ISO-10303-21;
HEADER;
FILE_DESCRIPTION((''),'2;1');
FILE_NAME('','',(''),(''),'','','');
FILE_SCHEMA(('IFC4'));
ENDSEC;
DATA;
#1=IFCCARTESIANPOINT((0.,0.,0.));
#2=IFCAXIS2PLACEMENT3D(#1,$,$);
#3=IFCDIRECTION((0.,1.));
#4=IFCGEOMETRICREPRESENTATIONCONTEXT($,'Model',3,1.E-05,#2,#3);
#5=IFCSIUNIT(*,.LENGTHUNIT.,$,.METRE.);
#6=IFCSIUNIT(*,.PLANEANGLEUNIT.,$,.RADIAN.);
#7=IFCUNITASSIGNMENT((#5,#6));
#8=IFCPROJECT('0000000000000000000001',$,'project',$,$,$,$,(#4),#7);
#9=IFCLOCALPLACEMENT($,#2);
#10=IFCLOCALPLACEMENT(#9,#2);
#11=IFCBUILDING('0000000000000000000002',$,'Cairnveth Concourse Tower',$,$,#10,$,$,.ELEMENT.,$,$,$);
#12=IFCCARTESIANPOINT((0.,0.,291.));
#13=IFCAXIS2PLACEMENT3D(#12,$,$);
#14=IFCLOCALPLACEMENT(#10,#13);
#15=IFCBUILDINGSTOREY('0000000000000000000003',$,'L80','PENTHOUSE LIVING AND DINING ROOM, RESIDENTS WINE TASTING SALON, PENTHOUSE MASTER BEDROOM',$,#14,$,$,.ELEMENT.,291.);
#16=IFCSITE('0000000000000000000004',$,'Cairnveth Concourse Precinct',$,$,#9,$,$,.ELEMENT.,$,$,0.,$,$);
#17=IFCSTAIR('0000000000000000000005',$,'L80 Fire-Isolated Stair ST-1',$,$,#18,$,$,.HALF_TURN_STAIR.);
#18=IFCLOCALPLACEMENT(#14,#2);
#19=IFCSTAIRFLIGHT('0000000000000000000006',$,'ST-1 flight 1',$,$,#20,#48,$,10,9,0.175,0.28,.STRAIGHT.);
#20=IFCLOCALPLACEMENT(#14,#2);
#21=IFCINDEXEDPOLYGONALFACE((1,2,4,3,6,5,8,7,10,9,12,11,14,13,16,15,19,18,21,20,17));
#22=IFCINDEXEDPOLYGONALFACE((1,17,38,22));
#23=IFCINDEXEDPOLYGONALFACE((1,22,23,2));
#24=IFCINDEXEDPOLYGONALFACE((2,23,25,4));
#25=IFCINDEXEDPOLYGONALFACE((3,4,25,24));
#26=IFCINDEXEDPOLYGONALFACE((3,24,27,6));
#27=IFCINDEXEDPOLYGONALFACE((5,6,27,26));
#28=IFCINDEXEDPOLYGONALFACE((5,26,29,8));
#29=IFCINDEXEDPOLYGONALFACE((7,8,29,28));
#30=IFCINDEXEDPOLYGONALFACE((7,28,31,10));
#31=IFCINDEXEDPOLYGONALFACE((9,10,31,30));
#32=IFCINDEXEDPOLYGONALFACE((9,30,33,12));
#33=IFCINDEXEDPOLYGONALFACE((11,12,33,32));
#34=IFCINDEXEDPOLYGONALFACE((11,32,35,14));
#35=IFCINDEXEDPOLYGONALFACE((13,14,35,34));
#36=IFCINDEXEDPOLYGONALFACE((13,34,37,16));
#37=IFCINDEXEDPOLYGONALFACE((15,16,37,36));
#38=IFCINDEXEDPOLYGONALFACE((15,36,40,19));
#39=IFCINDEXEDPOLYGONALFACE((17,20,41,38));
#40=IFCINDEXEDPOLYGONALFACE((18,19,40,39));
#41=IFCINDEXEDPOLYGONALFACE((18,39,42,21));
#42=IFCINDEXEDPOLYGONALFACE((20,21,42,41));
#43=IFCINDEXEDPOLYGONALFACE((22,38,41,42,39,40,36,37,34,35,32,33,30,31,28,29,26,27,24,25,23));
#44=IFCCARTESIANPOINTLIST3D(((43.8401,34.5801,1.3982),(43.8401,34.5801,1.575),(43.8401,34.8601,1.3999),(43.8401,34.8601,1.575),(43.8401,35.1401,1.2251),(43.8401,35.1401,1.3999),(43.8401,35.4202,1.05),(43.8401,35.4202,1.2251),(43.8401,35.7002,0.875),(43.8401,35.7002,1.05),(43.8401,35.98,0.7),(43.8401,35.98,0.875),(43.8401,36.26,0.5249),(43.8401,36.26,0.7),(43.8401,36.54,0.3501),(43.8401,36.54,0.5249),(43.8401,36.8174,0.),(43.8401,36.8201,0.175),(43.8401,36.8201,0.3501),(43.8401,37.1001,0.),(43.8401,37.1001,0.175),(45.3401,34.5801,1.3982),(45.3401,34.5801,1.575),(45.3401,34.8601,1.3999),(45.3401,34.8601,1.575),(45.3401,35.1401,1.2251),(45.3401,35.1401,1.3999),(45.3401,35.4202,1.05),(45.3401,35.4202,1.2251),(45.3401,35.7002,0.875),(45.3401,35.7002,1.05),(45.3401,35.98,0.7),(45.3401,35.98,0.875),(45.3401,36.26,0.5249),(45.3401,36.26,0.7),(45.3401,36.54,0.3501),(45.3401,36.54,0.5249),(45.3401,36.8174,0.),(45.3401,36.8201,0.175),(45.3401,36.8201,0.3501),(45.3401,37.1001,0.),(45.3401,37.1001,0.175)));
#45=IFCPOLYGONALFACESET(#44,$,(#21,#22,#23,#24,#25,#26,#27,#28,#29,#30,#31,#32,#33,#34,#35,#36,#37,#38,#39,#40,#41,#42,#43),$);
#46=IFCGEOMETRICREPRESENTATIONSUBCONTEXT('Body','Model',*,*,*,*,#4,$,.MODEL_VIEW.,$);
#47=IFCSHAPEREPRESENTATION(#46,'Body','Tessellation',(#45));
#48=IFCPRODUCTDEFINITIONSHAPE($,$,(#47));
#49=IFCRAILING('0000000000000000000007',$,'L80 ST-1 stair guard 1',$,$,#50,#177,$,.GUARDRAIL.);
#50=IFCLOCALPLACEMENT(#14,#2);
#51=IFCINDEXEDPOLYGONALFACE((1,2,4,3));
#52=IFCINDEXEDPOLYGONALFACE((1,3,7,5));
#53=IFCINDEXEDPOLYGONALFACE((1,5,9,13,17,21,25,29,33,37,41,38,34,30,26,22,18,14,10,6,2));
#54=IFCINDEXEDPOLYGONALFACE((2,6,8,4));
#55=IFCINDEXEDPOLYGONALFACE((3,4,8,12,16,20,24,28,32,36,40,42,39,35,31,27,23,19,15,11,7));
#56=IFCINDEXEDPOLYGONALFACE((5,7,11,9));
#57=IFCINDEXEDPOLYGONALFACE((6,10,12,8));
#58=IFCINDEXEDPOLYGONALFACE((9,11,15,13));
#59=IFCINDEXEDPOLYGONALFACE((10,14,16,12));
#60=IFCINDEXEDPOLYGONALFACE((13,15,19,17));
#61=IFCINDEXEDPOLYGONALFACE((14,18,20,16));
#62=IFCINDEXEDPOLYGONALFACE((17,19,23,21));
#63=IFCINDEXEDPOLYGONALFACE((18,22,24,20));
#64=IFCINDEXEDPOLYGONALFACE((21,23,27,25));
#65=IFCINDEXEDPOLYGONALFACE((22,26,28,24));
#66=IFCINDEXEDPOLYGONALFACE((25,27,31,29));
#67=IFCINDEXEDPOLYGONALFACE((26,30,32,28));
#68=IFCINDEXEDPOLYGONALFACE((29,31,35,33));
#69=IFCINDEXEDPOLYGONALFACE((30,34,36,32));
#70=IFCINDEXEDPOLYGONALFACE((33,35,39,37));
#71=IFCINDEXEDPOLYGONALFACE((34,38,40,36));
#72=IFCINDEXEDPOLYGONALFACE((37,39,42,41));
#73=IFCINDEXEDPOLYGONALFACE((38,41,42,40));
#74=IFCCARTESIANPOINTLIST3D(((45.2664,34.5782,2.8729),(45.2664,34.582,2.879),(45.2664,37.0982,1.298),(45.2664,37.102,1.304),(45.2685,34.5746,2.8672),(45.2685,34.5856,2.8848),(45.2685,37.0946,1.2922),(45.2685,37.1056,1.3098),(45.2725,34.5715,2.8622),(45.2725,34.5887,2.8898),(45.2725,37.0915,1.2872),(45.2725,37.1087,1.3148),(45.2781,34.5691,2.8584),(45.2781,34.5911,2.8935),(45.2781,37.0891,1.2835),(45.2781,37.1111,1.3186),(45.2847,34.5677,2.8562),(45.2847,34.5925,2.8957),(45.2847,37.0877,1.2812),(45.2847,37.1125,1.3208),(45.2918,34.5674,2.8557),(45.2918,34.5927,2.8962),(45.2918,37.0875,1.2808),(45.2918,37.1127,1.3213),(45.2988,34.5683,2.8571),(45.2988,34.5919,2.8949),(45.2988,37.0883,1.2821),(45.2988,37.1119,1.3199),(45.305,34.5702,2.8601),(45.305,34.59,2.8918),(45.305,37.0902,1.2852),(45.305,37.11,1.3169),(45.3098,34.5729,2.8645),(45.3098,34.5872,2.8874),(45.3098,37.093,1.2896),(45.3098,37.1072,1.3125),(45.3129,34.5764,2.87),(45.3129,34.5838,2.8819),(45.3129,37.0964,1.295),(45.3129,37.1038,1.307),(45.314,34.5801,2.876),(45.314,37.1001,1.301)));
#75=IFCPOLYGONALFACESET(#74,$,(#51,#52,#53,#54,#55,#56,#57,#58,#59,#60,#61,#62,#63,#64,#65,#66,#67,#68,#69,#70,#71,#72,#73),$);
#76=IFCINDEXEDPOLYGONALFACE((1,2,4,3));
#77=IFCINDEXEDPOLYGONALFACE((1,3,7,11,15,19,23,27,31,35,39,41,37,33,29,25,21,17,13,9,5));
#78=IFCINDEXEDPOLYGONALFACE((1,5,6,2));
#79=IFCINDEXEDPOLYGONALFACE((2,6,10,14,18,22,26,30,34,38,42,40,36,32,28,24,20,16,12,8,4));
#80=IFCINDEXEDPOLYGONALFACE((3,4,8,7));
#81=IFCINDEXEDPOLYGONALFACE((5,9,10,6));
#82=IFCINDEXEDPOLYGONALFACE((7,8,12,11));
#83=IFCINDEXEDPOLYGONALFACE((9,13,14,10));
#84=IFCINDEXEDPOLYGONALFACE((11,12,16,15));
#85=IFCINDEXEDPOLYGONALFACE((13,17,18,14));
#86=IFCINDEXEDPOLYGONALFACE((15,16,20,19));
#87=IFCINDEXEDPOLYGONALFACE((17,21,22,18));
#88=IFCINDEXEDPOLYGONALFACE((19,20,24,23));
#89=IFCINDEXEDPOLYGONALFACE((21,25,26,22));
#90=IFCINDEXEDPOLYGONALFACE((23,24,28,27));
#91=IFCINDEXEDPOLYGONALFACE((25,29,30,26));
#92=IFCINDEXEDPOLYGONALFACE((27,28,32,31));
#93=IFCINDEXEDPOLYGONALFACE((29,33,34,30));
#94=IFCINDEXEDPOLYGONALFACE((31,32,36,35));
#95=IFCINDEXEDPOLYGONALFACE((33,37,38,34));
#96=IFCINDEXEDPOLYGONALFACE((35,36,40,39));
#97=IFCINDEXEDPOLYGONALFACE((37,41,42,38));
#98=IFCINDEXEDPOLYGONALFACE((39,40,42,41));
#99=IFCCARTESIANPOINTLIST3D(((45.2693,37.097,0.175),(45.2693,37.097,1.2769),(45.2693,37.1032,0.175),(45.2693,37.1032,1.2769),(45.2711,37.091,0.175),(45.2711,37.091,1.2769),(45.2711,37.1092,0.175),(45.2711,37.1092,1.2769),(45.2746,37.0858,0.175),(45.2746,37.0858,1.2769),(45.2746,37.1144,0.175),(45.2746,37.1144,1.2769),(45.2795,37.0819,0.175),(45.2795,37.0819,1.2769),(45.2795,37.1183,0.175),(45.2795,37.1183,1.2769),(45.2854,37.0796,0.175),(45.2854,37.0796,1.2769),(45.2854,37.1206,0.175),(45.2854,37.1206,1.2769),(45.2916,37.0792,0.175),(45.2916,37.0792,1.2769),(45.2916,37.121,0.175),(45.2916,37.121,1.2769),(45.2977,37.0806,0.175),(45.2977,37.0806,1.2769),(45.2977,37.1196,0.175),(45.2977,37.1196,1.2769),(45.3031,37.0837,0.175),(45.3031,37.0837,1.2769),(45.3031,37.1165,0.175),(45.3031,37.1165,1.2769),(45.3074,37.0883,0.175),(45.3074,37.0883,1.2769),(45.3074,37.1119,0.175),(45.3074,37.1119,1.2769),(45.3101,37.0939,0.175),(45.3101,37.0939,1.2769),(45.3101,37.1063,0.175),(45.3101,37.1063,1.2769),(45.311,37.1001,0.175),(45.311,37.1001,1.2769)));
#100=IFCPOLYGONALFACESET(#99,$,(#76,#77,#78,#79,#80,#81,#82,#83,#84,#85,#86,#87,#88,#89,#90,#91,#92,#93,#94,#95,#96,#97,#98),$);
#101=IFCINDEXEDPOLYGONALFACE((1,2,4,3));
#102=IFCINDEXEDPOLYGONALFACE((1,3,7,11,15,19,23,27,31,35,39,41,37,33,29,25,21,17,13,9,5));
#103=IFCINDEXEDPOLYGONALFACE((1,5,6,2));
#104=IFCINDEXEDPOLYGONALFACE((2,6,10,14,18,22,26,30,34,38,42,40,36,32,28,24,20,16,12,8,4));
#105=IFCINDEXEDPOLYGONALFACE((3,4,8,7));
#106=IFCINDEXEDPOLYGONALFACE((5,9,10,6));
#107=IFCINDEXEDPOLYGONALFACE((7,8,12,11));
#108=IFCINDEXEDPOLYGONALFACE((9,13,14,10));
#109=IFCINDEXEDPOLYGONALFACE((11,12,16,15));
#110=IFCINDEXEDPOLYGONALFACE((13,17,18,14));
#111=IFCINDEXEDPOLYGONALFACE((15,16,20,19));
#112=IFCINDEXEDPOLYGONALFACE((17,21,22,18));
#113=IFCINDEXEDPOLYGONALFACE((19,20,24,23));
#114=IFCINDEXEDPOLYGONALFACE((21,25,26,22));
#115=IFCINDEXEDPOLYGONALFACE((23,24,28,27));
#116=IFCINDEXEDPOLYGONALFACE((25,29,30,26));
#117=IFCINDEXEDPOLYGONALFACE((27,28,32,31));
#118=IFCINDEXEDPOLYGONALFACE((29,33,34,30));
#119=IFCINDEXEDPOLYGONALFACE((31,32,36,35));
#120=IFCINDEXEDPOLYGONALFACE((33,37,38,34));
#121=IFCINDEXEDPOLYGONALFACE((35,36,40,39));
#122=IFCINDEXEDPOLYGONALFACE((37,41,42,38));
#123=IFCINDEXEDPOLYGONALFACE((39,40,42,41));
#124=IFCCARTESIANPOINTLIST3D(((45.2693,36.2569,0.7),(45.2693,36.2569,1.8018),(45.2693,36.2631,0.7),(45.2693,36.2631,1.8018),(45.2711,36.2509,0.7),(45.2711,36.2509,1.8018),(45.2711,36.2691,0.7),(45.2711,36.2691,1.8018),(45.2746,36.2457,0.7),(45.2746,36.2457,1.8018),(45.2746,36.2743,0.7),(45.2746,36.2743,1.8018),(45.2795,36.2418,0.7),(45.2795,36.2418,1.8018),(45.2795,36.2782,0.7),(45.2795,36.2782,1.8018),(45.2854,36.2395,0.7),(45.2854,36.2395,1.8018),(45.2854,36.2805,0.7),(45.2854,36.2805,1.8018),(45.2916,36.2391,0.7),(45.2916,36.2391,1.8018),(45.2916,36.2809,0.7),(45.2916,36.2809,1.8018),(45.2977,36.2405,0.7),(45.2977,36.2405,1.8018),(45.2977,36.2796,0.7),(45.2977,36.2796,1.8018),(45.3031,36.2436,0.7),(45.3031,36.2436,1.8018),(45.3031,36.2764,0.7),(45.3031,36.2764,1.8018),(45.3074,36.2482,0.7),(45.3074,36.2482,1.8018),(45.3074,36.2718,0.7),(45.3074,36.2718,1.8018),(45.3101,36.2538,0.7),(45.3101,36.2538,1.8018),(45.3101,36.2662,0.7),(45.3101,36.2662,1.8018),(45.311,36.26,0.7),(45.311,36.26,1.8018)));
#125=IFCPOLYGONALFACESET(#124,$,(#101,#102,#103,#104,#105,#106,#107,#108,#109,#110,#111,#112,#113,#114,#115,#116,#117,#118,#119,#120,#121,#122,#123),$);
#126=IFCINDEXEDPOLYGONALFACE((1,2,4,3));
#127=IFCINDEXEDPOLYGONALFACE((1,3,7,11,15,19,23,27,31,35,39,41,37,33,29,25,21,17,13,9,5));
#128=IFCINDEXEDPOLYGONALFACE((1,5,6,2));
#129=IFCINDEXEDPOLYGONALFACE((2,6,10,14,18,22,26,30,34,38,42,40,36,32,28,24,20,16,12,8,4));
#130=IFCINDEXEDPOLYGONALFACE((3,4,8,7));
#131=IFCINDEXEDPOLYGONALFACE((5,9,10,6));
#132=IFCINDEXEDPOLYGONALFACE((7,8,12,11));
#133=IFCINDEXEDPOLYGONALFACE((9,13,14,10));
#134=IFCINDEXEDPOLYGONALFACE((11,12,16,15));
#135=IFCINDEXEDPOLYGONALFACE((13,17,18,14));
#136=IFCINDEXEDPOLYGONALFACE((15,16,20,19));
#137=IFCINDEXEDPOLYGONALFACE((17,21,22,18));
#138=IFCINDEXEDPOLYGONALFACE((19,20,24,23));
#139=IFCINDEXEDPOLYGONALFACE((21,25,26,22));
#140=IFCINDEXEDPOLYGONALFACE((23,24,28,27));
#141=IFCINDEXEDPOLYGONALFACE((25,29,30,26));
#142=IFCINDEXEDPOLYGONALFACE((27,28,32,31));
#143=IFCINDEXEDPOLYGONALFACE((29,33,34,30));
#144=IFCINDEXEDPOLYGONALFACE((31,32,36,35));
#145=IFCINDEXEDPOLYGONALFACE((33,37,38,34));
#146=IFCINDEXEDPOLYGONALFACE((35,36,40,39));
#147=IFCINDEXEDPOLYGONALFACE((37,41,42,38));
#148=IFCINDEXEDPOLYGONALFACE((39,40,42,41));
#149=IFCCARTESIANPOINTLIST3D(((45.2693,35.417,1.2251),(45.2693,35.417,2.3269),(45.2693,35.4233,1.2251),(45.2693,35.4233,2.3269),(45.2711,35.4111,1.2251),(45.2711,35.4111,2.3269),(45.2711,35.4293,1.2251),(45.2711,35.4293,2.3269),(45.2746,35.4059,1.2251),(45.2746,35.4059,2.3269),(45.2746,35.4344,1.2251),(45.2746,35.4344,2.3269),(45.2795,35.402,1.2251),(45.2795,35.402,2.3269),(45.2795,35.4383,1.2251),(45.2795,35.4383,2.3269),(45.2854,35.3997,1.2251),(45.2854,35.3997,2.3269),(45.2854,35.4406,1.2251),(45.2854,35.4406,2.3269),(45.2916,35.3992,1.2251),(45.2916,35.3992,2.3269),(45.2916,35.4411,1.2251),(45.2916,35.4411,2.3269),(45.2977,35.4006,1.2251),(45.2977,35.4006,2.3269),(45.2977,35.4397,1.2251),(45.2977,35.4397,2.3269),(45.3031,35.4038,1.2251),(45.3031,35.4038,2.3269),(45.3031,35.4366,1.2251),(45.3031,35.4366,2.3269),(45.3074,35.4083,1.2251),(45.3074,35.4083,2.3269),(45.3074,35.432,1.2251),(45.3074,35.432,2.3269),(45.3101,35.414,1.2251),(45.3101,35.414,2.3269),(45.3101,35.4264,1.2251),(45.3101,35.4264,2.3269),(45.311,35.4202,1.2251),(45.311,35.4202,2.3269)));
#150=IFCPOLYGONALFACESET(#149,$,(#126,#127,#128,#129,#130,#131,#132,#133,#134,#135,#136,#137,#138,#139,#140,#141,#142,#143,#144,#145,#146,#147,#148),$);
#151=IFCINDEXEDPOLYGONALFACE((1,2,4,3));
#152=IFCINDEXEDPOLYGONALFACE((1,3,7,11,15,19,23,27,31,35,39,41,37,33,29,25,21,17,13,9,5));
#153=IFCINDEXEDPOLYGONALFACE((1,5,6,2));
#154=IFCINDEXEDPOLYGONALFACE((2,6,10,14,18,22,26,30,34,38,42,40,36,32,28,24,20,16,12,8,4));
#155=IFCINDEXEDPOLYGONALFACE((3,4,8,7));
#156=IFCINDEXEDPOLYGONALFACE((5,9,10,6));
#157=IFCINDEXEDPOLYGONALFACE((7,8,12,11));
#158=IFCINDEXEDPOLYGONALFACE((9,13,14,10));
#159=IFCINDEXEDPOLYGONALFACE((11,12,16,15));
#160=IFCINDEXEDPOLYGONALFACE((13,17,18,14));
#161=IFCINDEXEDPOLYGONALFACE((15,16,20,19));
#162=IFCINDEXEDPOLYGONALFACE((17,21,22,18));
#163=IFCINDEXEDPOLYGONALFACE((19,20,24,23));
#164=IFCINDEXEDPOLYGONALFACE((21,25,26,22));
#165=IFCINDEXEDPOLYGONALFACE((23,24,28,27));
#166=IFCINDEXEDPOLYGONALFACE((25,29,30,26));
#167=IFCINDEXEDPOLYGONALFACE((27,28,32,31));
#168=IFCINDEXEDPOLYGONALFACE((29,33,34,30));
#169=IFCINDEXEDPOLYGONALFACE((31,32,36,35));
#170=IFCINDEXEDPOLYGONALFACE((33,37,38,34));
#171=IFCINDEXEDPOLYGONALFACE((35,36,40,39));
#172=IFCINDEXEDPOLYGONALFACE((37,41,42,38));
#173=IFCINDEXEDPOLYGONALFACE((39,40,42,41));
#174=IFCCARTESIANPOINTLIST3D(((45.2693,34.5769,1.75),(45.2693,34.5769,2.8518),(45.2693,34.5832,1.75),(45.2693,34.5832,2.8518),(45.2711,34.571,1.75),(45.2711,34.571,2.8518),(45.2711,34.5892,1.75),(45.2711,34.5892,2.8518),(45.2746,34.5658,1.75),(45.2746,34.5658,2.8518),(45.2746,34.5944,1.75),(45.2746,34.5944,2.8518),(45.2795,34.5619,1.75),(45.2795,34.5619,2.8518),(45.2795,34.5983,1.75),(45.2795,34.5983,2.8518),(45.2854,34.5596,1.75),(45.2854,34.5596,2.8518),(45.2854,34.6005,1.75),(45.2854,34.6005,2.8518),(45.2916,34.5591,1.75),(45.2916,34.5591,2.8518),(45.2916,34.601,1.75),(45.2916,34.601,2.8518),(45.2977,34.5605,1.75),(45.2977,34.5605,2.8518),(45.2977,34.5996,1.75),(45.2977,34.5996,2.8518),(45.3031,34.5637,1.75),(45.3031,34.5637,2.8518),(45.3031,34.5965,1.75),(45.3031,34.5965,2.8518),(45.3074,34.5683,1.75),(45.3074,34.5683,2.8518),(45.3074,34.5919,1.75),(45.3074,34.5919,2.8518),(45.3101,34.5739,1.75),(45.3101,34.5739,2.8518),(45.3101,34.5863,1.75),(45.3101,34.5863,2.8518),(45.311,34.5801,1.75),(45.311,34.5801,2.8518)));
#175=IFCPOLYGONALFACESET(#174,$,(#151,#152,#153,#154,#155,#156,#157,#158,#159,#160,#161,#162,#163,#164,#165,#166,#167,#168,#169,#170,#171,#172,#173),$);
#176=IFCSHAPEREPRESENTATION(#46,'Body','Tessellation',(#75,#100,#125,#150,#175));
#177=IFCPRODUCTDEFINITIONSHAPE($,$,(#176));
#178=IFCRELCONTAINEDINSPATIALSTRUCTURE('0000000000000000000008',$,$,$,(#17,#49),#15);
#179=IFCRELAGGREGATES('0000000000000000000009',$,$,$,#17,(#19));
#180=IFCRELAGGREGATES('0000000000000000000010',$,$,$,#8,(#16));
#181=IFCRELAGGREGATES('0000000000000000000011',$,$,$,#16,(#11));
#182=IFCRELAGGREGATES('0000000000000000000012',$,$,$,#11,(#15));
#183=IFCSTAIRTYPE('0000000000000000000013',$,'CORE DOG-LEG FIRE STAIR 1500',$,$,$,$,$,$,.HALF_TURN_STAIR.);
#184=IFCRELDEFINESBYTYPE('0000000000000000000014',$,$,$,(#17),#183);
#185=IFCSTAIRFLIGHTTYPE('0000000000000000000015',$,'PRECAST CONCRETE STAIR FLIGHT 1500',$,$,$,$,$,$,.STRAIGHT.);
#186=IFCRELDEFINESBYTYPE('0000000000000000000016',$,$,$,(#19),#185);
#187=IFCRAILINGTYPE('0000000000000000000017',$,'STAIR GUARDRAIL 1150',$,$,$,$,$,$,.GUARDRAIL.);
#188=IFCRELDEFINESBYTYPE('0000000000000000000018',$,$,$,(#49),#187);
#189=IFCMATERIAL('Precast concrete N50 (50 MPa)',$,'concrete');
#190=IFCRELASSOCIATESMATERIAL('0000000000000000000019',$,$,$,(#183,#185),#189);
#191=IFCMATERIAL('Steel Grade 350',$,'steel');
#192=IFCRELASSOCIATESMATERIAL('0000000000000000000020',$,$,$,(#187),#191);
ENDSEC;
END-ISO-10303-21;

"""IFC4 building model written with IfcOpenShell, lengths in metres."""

from ifc_helpers import new_model, si_unit, direction, frame, origin, origin_2d, place, context, subcontext, project, spatial, polyline, circle, outline, extrude, material, type_object, element, aggregate, save


model = new_model("IFC4")

# Units and contexts
model_context = context("Model", 3, precision=1e-05, world=origin(), true_north=direction((0.0, 1.0)))
body_context = subcontext(model_context, "Body", "Model", "MODEL_VIEW")
ifc_project = project(units=[si_unit("LENGTHUNIT", "METRE"), si_unit("PLANEANGLEUNIT", "RADIAN")], contexts=[model_context])

# Site, building, storey
site_placement = place(None, origin())
site = spatial("IfcSite", under=ifc_project, at=site_placement, Name="Cairnveth Concourse Precinct", CompositionType="ELEMENT", RefElevation=0.0)
building_placement = place(site_placement, origin())
building = spatial("IfcBuilding", under=site, at=building_placement, Name="Cairnveth Concourse Tower", CompositionType="ELEMENT")
storey_placement = place(building_placement, frame((0.0, 0.0, 291.0)))
storey = spatial("IfcBuildingStorey", under=building, at=storey_placement, Name="L80", Description="PENTHOUSE LIVING AND DINING ROOM, RESIDENTS WINE TASTING SALON, PENTHOUSE MASTER BEDROOM", CompositionType="ELEMENT", Elevation=291.0)

# Shared definitions
ifc_material_1 = material(Name="Steel Grade 350", Category="steel")

# Stair, stair flight
ifc_material_2 = material(Name="Precast concrete N50 (50 MPa)", Category="concrete")
stair_type = type_object("IfcStairType", Name="CORE DOG-LEG FIRE STAIR 1500", PredefinedType="HALF_TURN_STAIR", material=ifc_material_2)
stair_placement = place(storey_placement, origin())
stair = element("IfcStair", 1, at=stair_placement, inside=storey, type_object=stair_type, Name="L80 Fire-Isolated Stair ST-1", PredefinedType="HALF_TURN_STAIR")
stair_flight_type = type_object("IfcStairFlightType", Name="PRECAST CONCRETE STAIR FLIGHT 1500", PredefinedType="STRAIGHT", material=ifc_material_2)
stair_flight_placement = place(storey_placement, frame((44.5901, 37.1001, 0.0), z_axis=(0.0, 0.0, 1.0), x_axis=(0.0, -1.0, 0.0)))
stair_flight = element("IfcStairFlight", 2, at=stair_flight_placement, type_object=stair_flight_type, Name="ST-1 flight 1", NumberOfRisers=10, NumberOfTreads=9, PredefinedType="STRAIGHT", RiserHeight=0.175, TreadLength=0.28, context=body_context, shape_type="SweptSolid", body=[
    extrude(outline(polyline([(0.0, 0.0), (0.0, 0.175), (0.28, 0.175), (0.28, 0.3501), (0.5601, 0.3501), (0.5601, 0.5249), (0.8401, 0.5249), (0.8401, 0.7), (1.1201, 0.7), (1.1201, 0.875), (1.3999, 0.875), (1.3999, 1.05), (1.6799, 1.05), (1.6799, 1.2251), (1.96, 1.2251), (1.96, 1.3999), (2.24, 1.3999), (2.24, 1.575), (2.52, 1.575), (2.52, 1.75), (2.52, 1.3982), (0.2827, 0.0), (0.0, 0.0)])), frame((0.0, 0.75, 0.0), z_axis=(0.0, -1.0, 0.0), x_axis=(1.0, 0.0, 0.0)), (0.0, 0.0, 1.0), 1.5),
])
aggregate(stair, [stair_flight])

# Railing
railing_type_1 = type_object("IfcRailingType", Name="STAIR GUARDRAIL 1150", PredefinedType="GUARDRAIL", material=ifc_material_1)
railing_1_placement = place(storey_placement, frame((45.29, 37.1001, 0.175)))
element("IfcRailing", 3, at=railing_1_placement, inside=storey, type_object=railing_type_1, Name="L80 ST-1 stair guard 1", PredefinedType="GUARDRAIL", context=body_context, shape_type="SweptSolid", body=[
    extrude(circle(Radius=0.0239, at=origin_2d()), frame((0.0, 0.0, 1.126), z_axis=(0.0, -0.848008, 0.529984), x_axis=(1.0, 0.0, 0.0)), (0.0, 0.0, 1.0), 2.9717),
    extrude(circle(Radius=0.021, at=origin_2d()), origin(), (0.0, 0.0, 1.0), 1.1018),
    extrude(circle(Radius=0.021, at=origin_2d()), frame((0.0, -0.8401, 0.5249)), (0.0, 0.0, 1.0), 1.1018),
    extrude(circle(Radius=0.021, at=origin_2d()), frame((0.0, -1.6799, 1.05)), (0.0, 0.0, 1.0), 1.1018),
    extrude(circle(Radius=0.021, at=origin_2d()), frame((0.0, -2.52, 1.575)), (0.0, 0.0, 1.0), 1.1018),
])

save(model, "model.ifc")
